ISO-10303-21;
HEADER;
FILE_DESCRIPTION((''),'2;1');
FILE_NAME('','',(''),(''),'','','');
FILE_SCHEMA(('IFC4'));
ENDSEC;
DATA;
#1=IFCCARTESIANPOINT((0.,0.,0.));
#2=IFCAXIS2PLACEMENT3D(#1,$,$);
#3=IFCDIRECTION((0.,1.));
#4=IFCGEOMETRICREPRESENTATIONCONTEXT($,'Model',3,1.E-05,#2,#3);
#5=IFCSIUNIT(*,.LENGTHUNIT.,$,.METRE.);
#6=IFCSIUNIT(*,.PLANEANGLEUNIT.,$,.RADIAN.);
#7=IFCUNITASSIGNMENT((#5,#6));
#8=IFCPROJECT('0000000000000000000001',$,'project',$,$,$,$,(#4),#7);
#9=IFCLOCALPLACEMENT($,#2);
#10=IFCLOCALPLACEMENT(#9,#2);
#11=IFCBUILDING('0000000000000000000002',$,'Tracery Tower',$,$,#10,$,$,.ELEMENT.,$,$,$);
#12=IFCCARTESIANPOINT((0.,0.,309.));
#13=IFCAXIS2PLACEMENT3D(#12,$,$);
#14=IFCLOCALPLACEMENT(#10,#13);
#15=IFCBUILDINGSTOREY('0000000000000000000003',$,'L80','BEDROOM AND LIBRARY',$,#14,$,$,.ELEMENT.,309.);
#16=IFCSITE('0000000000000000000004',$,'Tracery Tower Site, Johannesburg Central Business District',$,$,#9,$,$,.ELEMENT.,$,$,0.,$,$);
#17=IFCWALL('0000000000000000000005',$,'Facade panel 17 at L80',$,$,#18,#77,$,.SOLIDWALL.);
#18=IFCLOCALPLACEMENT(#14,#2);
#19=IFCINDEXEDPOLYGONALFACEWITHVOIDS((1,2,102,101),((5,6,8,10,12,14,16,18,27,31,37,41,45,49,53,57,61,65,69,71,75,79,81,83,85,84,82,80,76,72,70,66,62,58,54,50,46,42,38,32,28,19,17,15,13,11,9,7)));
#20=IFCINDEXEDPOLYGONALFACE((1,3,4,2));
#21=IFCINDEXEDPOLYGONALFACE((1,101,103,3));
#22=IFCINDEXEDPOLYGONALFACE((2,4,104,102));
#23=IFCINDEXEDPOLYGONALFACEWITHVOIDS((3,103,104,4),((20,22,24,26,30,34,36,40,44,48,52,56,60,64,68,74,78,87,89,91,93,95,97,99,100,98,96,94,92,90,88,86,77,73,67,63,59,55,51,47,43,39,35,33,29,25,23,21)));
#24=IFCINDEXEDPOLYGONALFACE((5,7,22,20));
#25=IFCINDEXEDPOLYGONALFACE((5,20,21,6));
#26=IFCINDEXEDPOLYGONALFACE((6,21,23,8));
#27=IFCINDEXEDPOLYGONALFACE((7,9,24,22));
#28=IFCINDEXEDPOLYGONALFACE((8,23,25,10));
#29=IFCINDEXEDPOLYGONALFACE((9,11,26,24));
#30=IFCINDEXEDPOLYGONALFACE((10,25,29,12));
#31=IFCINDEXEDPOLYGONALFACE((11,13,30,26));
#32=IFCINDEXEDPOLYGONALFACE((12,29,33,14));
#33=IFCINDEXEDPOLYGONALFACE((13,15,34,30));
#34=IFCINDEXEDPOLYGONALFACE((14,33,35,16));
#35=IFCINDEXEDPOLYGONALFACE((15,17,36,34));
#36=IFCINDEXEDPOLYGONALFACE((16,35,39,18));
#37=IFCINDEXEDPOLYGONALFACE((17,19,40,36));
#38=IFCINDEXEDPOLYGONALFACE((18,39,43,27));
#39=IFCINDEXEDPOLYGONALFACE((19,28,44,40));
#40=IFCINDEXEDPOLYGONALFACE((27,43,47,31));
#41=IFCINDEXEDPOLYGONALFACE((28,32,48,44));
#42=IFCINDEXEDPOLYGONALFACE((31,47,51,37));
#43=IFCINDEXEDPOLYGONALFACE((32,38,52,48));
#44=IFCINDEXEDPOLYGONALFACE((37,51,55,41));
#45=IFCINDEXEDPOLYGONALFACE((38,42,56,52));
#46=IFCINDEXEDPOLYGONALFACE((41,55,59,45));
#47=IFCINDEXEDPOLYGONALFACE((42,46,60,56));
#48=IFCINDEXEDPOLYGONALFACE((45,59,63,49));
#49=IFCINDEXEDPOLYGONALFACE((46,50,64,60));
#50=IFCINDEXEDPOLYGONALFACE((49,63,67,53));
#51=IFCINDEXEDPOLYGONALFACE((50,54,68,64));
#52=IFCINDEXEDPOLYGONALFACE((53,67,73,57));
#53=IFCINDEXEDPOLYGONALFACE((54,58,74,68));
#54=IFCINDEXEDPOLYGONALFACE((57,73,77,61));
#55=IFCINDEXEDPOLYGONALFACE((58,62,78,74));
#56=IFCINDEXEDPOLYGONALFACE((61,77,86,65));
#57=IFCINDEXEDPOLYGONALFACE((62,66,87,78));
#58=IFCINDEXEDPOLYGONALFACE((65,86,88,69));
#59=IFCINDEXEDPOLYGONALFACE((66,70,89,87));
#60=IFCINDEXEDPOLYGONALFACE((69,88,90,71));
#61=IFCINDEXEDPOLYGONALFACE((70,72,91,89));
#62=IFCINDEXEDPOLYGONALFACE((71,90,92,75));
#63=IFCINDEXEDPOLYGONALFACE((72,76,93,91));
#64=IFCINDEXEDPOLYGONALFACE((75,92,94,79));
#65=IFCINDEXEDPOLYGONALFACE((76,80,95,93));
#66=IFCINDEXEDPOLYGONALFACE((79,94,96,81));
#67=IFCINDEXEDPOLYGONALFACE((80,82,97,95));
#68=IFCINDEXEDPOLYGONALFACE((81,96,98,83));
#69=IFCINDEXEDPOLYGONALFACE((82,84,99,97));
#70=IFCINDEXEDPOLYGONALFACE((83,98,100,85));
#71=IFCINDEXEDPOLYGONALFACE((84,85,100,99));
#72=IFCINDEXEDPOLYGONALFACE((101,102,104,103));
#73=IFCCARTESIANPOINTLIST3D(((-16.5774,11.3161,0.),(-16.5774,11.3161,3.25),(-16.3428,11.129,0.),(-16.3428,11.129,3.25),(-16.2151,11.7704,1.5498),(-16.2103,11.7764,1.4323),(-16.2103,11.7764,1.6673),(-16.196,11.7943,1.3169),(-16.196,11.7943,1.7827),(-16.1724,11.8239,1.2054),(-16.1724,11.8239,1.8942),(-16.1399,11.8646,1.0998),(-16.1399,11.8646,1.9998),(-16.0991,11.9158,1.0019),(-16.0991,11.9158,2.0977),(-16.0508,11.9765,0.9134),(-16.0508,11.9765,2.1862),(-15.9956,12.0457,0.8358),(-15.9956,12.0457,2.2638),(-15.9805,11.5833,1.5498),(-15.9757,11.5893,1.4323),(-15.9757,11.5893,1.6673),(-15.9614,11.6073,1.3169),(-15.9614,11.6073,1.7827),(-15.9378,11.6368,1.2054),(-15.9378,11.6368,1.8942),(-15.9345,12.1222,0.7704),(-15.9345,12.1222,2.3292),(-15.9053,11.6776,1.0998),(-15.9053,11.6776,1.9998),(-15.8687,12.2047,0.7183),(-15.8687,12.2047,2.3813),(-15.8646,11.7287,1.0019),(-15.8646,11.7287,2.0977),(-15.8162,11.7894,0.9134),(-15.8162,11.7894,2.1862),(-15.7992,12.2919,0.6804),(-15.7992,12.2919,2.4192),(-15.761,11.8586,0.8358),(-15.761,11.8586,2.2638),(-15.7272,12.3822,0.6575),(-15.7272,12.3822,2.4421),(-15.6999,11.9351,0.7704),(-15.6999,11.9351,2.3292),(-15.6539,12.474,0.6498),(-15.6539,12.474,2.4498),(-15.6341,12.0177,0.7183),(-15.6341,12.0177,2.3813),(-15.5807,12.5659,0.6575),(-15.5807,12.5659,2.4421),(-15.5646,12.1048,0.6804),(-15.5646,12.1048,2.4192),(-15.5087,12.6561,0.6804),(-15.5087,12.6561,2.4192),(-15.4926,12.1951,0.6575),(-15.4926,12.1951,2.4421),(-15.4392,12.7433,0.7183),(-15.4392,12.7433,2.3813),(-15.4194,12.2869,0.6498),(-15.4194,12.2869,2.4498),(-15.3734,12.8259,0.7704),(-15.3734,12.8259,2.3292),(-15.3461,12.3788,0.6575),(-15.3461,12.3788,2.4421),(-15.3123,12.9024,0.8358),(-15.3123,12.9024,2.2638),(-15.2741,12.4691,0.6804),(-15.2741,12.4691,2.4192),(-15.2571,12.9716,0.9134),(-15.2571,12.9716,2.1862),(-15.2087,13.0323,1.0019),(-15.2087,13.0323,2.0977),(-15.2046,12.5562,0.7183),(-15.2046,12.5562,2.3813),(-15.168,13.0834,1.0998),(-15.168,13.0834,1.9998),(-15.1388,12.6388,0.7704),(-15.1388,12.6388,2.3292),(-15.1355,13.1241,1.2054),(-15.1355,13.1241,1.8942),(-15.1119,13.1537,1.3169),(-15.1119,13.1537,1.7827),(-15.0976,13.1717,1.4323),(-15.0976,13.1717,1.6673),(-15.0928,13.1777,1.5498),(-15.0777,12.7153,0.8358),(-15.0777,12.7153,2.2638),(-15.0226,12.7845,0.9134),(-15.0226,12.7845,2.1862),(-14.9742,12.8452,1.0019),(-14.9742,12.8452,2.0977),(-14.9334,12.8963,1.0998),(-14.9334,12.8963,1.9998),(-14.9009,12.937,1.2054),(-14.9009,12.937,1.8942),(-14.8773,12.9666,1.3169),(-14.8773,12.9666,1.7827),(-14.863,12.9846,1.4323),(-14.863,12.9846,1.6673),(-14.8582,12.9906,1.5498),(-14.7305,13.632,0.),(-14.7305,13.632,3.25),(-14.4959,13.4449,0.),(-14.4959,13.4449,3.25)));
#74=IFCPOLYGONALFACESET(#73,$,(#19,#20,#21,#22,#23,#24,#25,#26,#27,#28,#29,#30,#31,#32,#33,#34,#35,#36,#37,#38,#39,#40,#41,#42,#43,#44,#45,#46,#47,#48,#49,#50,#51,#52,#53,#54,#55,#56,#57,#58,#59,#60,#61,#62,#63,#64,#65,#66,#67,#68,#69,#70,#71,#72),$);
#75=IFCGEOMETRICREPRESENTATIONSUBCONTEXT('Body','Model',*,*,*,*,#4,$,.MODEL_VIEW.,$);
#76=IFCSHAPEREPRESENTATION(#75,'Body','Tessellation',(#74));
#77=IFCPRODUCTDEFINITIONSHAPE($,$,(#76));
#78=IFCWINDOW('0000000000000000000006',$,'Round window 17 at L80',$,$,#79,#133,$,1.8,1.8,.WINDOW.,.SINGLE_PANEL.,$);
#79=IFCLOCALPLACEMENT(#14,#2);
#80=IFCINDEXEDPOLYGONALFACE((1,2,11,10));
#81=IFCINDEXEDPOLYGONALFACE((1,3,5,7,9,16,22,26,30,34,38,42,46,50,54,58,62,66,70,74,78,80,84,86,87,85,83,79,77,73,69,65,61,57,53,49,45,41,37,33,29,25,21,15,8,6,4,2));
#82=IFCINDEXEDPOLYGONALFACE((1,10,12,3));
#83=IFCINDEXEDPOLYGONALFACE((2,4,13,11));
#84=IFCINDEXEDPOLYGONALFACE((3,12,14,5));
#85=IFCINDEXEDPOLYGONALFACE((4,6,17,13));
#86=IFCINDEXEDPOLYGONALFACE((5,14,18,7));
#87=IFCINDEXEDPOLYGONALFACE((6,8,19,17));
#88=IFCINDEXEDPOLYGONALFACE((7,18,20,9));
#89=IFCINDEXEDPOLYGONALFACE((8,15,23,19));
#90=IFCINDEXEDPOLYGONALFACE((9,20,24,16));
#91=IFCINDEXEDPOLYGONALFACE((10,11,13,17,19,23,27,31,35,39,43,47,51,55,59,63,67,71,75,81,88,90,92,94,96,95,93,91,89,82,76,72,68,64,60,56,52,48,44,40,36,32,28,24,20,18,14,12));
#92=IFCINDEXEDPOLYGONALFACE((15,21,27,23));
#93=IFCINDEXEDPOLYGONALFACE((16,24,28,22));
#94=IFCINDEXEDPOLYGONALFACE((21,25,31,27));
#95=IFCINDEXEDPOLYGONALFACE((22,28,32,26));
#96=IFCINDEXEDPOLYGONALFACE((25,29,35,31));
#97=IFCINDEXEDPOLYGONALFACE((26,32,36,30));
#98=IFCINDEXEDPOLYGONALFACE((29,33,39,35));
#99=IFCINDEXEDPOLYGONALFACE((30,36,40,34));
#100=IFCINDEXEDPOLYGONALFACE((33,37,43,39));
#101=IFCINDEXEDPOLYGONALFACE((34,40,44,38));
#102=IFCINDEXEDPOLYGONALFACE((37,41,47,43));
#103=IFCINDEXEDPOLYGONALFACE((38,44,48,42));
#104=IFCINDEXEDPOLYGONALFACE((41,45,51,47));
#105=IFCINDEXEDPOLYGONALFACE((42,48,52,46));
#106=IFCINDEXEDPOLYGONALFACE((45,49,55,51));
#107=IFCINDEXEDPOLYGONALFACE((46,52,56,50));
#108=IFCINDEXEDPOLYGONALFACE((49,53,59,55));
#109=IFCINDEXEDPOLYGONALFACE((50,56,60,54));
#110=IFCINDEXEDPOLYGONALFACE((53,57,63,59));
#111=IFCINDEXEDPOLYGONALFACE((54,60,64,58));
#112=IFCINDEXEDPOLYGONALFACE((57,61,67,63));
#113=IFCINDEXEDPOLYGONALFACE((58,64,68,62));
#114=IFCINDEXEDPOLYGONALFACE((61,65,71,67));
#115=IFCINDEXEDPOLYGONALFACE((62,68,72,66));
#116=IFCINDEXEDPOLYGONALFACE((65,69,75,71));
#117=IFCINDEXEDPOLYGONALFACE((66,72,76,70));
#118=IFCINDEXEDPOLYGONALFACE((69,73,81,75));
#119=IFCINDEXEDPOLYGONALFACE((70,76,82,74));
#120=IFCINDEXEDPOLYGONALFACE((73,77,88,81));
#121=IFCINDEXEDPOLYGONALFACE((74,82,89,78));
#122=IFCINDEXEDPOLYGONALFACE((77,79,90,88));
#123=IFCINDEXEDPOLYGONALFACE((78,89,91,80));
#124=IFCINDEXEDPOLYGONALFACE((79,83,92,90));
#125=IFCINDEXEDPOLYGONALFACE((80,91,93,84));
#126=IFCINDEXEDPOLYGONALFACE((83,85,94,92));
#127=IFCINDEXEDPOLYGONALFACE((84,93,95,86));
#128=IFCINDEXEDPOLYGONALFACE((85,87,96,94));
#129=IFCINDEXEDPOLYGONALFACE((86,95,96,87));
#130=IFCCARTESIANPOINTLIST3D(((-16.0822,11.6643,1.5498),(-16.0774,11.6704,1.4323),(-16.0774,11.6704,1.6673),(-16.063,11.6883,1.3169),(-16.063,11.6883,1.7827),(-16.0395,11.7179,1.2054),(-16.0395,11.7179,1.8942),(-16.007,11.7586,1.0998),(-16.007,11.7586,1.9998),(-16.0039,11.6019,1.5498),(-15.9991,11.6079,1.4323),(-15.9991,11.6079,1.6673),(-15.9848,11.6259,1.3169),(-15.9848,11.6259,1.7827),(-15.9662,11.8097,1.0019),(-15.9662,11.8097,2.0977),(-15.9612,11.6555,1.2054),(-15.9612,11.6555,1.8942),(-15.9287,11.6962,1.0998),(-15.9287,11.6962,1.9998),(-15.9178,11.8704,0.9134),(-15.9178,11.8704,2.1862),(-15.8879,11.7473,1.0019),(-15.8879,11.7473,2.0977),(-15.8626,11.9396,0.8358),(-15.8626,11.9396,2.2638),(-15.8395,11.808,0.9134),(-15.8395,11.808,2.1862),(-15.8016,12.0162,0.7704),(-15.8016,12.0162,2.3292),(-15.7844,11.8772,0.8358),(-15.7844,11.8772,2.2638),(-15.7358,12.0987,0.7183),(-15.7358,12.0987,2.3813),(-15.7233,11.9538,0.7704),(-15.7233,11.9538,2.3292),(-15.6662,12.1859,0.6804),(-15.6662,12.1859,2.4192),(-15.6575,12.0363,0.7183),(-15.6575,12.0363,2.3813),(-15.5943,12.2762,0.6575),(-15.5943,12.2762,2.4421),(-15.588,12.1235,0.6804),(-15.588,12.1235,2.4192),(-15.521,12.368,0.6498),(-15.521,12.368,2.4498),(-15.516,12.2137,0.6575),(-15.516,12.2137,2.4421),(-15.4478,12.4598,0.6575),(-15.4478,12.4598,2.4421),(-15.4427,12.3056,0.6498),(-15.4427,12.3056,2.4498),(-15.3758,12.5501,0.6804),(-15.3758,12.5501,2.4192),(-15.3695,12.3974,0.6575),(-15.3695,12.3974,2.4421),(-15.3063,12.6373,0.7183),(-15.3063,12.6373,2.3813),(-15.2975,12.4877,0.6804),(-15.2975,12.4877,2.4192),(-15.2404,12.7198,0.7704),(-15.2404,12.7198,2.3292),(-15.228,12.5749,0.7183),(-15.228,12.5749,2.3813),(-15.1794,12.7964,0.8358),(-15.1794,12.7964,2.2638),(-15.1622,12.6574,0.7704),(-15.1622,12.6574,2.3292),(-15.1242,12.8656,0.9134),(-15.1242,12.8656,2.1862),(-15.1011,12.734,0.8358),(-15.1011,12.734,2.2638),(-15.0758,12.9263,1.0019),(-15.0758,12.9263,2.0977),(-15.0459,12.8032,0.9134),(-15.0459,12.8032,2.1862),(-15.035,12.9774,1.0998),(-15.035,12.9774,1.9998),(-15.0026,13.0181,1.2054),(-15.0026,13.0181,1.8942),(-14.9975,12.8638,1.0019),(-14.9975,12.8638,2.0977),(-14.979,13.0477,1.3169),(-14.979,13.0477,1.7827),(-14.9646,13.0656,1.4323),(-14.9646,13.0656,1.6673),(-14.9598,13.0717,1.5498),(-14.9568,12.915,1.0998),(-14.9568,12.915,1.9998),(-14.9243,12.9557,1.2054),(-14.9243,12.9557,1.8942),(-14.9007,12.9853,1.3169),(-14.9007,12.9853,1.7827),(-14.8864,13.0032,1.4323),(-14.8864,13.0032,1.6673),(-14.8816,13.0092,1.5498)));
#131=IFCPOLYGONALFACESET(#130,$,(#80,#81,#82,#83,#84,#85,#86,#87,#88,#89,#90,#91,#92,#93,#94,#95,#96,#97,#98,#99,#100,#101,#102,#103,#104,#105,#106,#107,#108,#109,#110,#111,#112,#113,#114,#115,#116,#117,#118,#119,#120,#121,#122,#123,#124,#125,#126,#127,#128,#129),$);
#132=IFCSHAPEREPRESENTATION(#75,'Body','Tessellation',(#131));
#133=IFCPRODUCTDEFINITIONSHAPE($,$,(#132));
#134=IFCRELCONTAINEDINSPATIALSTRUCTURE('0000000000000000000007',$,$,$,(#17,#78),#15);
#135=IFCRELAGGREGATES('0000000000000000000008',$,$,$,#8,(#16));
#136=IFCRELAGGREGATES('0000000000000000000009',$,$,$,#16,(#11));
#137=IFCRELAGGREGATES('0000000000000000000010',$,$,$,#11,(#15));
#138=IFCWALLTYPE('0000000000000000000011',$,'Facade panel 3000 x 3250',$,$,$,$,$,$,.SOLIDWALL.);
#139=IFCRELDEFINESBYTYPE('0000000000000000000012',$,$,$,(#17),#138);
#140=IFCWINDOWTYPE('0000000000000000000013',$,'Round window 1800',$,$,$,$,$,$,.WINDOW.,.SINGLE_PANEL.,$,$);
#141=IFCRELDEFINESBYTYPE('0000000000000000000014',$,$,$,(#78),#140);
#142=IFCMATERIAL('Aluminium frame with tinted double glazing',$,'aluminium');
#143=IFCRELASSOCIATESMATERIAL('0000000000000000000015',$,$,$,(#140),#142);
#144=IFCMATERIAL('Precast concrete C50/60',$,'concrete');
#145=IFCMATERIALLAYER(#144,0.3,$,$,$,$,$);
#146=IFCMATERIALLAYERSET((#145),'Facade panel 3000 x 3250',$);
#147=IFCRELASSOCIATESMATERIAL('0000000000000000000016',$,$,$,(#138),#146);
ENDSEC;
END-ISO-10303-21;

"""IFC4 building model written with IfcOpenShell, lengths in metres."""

from ifc_helpers import new_model, si_unit, direction, frame, frame_2d, origin, origin_2d, place, context, subcontext, project, spatial, rectangle, circle, extrude, material, layer, layer_set, type_object, element, fill, save


model = new_model("IFC4")

# Units and contexts
model_context = context("Model", 3, precision=1e-05, world=origin(), true_north=direction((0.0, 1.0)))
body_context = subcontext(model_context, "Body", "Model", "MODEL_VIEW")
ifc_project = project(units=[si_unit("LENGTHUNIT", "METRE"), si_unit("PLANEANGLEUNIT", "RADIAN")], contexts=[model_context])

# Site, building, storey
site_placement = place(None, origin())
site = spatial("IfcSite", under=ifc_project, at=site_placement, Name="Tracery Tower Site, Johannesburg Central Business District", CompositionType="ELEMENT", RefElevation=0.0)
building_placement = place(site_placement, origin())
building = spatial("IfcBuilding", under=site, at=building_placement, Name="Tracery Tower", CompositionType="ELEMENT")
storey_placement = place(building_placement, frame((0.0, 0.0, 309.0)))
storey = spatial("IfcBuildingStorey", under=building, at=storey_placement, Name="L80", Description="BEDROOM AND LIBRARY", CompositionType="ELEMENT", Elevation=309.0)

# Wall, opening, window
ifc_material_1 = material(Name="Aluminium frame with tinted double glazing", Category="aluminium")
window_type = type_object("IfcWindowType", Name="Round window 1800", PartitioningType="SINGLE_PANEL", PredefinedType="WINDOW", material=ifc_material_1)
ifc_material_2 = material(Name="Precast concrete C50/60", Category="concrete")
ifc_layer_1 = layer(ifc_material_2, 0.3)
ifc_layer_set_1 = layer_set([ifc_layer_1], Name="Facade panel 3000 x 3250")
wall_type_1 = type_object("IfcWallType", Name="Facade panel 3000 x 3250", PredefinedType="SOLIDWALL", material=ifc_layer_set_1)
wall_1_placement = place(storey_placement, frame((-14.6133, 13.5383, 0.0), z_axis=(0.0, 0.0, 1.0), x_axis=(-0.623498, -0.781825, 0.0)))
wall_1 = element("IfcWall", 1, at=wall_1_placement, inside=storey, type_object=wall_type_1, Name="Facade panel 17 at L80", PredefinedType="SOLIDWALL", context=body_context, shape_type="SweptSolid", body=[
    extrude(rectangle(XDim=2.9622, YDim=0.3, at=frame_2d((1.481, 0.0))), origin(), (0.0, 0.0, 1.0), 3.25),
])
opening_1_placement = place(wall_1_placement, frame((1.481, 0.0, 1.5498)))
opening_1 = element("IfcOpeningElement", 2, at=opening_1_placement, cuts=wall_1, PredefinedType="OPENING", context=body_context, shape_type="SweptSolid", body=[
    extrude(circle(Radius=0.9, at=origin_2d()), frame((0.0, 0.1599, 0.0), z_axis=(0.0, -1.0, 0.0), x_axis=(1.0, 0.0, 0.0)), (0.0, 0.0, 1.0), 0.3201),
])
window_1_placement = place(opening_1_placement, origin())
window_1 = element("IfcWindow", 3, at=window_1_placement, inside=storey, type_object=window_type, Name="Round window 17 at L80", OverallHeight=1.8, OverallWidth=1.8, PartitioningType="SINGLE_PANEL", PredefinedType="WINDOW", context=body_context, shape_type="SweptSolid", body=[
    extrude(circle(Radius=0.9, at=origin_2d()), frame((0.0, 0.1201, 0.0), z_axis=(0.0, -1.0, 0.0), x_axis=(1.0, 0.0, 0.0)), (0.0, 0.0, 1.0), 0.1001),
])
fill(opening_1, window_1)

save(model, "model.ifc")
